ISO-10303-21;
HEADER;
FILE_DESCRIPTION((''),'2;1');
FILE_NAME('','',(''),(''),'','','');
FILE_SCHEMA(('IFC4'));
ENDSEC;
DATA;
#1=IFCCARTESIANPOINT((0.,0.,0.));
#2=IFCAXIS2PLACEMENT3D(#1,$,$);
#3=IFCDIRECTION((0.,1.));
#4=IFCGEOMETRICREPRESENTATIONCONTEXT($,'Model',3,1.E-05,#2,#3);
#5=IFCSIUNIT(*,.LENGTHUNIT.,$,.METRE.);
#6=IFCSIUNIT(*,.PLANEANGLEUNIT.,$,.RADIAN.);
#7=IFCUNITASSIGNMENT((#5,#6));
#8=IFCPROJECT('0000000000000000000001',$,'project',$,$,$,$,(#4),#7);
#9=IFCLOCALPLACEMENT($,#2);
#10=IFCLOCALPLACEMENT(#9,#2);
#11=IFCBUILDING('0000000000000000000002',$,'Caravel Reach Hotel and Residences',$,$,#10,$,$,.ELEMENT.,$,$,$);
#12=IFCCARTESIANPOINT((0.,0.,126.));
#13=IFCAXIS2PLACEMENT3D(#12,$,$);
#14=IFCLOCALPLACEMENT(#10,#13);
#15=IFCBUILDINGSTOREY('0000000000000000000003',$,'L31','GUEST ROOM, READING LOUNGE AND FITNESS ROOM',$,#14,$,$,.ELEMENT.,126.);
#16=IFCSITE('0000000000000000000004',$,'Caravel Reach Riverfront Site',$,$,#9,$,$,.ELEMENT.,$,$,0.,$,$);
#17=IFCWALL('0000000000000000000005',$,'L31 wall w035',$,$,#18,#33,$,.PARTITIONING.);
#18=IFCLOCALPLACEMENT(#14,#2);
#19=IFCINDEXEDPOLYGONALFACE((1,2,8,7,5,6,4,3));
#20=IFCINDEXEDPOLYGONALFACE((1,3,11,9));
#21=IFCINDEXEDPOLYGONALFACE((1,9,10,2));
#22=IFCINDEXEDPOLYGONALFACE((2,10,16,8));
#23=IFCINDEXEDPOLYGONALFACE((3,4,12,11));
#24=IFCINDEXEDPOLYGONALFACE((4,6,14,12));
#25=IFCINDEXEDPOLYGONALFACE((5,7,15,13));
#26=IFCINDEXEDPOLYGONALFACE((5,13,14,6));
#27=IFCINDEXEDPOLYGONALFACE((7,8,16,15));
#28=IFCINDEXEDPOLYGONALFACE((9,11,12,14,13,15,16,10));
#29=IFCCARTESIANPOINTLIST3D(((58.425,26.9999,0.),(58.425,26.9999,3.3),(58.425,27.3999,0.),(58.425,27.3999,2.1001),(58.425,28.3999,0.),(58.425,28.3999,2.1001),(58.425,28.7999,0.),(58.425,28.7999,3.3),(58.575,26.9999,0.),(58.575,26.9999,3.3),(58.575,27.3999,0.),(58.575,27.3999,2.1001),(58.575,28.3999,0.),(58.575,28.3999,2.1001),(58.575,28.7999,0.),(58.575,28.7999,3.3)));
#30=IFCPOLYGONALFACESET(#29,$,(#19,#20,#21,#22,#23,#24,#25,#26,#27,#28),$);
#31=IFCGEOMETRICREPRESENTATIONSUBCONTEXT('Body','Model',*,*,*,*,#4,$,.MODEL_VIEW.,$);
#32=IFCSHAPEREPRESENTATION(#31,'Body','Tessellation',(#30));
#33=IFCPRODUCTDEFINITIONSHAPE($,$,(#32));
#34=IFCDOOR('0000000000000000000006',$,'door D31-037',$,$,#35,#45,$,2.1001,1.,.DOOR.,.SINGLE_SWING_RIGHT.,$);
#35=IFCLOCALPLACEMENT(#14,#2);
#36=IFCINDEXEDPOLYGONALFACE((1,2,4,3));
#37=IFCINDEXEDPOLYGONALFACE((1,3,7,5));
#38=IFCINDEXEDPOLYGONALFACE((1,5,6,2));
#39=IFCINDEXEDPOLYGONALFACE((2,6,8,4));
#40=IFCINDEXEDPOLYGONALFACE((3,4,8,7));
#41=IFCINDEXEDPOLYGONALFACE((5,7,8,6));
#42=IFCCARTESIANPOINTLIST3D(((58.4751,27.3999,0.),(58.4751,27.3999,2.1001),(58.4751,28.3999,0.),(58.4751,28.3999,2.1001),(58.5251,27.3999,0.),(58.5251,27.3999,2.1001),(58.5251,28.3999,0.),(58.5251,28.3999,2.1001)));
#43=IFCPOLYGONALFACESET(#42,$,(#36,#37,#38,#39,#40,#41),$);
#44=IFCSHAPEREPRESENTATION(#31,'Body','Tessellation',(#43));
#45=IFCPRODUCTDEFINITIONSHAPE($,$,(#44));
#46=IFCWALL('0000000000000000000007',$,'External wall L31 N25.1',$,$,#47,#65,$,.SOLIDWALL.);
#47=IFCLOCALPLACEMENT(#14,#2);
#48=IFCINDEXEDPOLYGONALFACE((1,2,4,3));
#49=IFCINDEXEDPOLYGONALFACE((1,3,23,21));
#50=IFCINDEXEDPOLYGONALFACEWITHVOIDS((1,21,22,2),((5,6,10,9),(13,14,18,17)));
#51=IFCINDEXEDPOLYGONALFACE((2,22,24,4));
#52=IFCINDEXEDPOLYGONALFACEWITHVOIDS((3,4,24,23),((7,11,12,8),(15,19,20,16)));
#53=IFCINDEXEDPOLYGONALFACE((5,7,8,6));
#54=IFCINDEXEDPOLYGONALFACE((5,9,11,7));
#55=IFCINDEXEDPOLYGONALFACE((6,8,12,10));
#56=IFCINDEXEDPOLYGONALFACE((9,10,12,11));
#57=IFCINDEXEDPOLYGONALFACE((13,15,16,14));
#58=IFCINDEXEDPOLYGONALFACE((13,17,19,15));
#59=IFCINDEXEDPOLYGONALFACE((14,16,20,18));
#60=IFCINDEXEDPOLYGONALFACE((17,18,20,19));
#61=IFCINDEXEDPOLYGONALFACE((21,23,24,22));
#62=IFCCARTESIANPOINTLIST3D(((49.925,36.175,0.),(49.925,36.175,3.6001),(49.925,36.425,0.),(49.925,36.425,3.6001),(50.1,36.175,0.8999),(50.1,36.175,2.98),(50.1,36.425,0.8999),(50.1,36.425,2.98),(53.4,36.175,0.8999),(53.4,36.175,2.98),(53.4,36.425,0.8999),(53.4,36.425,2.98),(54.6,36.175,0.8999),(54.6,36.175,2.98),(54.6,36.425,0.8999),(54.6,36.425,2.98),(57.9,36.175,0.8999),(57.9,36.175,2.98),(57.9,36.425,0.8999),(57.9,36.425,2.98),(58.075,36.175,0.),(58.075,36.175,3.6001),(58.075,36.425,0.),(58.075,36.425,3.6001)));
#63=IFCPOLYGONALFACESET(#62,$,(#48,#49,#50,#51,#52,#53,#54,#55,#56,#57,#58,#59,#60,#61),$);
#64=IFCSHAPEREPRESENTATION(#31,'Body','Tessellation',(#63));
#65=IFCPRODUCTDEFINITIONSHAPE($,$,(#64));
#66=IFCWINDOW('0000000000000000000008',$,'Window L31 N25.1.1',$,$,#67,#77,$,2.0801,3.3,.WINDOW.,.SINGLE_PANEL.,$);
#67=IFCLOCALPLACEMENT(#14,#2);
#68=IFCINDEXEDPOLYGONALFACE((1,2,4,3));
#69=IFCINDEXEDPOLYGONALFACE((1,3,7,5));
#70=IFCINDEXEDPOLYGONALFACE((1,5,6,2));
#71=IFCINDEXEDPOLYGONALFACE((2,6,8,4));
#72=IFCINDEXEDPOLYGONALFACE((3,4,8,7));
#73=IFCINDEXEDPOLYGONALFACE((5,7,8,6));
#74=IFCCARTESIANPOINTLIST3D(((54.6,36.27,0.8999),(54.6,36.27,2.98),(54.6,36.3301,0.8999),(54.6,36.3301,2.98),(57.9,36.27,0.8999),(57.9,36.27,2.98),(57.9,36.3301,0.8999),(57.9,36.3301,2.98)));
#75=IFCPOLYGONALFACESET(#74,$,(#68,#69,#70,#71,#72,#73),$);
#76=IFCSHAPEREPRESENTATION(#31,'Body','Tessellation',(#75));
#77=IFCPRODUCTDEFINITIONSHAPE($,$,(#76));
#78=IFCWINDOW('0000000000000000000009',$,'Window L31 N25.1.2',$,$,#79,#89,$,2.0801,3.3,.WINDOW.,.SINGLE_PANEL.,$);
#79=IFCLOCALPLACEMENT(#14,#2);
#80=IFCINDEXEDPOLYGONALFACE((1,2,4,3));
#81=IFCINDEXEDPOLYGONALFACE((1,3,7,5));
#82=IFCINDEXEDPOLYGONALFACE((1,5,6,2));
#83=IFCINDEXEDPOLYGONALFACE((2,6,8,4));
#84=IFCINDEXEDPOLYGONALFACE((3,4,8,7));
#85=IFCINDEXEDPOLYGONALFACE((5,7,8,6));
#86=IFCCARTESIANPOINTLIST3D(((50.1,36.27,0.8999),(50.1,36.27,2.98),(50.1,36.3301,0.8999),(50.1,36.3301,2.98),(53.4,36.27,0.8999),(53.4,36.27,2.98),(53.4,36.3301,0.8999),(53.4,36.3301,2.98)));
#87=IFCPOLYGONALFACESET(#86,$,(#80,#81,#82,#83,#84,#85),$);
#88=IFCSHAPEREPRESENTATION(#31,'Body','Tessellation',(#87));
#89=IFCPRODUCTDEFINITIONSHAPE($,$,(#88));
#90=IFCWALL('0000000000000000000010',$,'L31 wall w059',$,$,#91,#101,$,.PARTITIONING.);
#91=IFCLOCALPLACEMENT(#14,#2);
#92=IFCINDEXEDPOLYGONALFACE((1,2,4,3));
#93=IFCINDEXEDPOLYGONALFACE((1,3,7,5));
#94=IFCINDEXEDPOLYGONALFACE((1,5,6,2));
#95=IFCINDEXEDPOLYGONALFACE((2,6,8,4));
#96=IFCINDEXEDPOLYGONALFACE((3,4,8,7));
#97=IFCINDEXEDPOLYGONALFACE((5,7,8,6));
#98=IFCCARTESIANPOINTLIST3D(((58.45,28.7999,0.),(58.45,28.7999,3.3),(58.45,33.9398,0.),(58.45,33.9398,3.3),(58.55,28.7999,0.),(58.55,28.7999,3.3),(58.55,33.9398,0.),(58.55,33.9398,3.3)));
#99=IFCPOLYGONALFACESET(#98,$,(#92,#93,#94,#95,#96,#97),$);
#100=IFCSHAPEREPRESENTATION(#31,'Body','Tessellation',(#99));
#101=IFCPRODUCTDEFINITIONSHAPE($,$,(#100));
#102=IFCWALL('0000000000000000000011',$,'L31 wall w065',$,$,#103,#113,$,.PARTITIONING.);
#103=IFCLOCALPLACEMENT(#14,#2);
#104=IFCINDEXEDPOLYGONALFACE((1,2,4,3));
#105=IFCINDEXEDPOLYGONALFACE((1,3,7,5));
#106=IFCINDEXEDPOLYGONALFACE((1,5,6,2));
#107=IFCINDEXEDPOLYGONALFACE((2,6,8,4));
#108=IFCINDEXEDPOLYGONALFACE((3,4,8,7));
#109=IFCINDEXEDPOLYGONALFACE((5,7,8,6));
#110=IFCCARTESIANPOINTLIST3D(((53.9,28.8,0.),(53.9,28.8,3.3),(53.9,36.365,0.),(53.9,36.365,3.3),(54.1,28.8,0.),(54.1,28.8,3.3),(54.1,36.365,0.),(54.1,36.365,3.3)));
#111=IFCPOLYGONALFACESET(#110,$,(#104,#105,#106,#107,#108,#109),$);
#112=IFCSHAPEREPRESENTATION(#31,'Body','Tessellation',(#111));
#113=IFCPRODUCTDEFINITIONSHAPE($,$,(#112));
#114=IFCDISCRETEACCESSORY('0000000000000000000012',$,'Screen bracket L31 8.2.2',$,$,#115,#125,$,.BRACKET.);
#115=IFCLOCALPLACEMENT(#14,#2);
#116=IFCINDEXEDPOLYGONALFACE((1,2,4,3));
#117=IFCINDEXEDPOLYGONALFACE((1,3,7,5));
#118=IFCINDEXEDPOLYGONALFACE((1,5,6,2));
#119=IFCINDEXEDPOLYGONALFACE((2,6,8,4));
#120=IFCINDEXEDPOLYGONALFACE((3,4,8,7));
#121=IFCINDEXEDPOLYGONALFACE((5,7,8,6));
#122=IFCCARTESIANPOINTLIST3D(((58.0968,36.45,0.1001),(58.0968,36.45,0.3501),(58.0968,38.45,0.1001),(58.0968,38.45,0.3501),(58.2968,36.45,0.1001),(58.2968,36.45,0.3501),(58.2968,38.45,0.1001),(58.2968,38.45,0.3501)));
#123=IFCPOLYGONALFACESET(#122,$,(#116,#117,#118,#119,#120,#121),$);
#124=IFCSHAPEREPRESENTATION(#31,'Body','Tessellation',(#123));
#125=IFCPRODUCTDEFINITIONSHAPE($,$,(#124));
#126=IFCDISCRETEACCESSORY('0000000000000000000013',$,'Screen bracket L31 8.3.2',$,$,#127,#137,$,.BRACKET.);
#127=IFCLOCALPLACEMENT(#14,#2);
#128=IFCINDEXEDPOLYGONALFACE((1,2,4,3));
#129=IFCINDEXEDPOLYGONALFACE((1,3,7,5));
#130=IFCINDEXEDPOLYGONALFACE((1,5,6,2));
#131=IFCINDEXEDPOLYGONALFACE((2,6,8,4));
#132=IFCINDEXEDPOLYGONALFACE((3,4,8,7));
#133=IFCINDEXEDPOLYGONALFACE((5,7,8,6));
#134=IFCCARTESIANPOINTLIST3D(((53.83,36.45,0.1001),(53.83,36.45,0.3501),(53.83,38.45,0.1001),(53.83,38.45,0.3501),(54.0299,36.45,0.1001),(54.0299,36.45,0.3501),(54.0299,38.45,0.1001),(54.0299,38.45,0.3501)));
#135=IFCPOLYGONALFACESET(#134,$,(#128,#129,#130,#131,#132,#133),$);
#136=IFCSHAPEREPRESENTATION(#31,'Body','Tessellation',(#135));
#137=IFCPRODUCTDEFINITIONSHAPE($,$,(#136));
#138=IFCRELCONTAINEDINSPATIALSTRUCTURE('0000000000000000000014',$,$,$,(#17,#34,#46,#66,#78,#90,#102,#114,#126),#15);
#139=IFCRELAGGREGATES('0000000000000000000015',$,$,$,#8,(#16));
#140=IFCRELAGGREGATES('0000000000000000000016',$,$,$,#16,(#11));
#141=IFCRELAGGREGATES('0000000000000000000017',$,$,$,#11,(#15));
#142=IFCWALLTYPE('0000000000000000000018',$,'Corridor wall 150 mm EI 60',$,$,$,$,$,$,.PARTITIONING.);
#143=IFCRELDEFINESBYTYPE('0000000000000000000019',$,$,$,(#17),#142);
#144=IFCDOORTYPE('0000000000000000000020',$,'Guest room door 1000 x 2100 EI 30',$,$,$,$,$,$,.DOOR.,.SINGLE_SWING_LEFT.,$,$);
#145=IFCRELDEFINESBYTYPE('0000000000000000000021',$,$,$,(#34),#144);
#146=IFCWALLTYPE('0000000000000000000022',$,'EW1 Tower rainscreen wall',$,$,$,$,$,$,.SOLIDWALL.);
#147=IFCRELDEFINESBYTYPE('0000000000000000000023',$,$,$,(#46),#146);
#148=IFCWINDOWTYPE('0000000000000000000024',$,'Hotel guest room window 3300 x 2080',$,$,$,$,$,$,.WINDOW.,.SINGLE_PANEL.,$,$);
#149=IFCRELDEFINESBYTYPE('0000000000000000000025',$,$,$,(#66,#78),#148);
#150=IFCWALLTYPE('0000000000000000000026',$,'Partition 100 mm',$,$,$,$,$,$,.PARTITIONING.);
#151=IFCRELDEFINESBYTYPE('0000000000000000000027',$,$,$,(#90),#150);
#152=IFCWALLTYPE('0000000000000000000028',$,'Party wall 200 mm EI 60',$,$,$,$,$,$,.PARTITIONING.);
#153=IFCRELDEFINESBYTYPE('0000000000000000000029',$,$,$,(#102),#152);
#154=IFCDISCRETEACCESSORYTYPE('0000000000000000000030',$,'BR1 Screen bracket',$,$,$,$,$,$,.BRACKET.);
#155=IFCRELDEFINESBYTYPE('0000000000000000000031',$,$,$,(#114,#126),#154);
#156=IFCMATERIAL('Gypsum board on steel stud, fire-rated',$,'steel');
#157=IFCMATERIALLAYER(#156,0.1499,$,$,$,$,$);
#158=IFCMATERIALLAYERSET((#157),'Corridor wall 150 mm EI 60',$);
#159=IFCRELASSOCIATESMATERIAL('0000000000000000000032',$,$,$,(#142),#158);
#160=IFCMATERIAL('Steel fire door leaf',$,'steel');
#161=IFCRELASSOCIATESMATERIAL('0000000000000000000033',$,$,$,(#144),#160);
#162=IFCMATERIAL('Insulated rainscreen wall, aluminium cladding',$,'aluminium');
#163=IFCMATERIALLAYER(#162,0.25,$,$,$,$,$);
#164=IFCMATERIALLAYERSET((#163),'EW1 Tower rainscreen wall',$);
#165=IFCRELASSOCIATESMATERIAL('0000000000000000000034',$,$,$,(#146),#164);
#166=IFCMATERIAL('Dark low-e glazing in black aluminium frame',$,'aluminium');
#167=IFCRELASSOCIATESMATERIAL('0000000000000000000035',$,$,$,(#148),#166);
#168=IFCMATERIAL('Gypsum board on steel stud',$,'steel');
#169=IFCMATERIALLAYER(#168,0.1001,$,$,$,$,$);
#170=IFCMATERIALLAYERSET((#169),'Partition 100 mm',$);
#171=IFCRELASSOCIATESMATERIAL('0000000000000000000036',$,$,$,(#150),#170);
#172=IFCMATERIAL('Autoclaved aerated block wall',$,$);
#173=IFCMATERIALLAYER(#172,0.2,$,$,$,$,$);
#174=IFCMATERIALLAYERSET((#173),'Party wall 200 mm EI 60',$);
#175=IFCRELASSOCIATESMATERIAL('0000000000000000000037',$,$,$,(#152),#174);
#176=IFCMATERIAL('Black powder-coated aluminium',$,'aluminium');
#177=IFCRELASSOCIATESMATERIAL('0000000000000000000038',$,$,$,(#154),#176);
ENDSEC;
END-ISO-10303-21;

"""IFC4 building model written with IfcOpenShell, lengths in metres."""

from ifc_helpers import new_model, si_unit, direction, frame, frame_2d, origin, origin_2d, place, context, subcontext, project, spatial, rectangle, extrude, material, layer, layer_set, type_object, element, fill, save


model = new_model("IFC4")

# Units and contexts
model_context = context("Model", 3, precision=1e-05, world=origin(), true_north=direction((0.0, 1.0)))
body_context = subcontext(model_context, "Body", "Model", "MODEL_VIEW")
ifc_project = project(units=[si_unit("LENGTHUNIT", "METRE"), si_unit("PLANEANGLEUNIT", "RADIAN")], contexts=[model_context])

# Site, building, storey
site_placement = place(None, origin())
site = spatial("IfcSite", under=ifc_project, at=site_placement, Name="Caravel Reach Riverfront Site", CompositionType="ELEMENT", RefElevation=0.0)
building_placement = place(site_placement, origin())
building = spatial("IfcBuilding", under=site, at=building_placement, Name="Caravel Reach Hotel and Residences", CompositionType="ELEMENT")
storey_placement = place(building_placement, frame((0.0, 0.0, 126.0)))
storey = spatial("IfcBuildingStorey", under=building, at=storey_placement, Name="L31", Description="GUEST ROOM, READING LOUNGE AND FITNESS ROOM", CompositionType="ELEMENT", Elevation=126.0)

# Wall, opening, door
ifc_material_1 = material(Name="Gypsum board on steel stud, fire-rated", Category="steel")
ifc_layer_1 = layer(ifc_material_1, 0.1499)
ifc_layer_set_1 = layer_set([ifc_layer_1], Name="Corridor wall 150 mm EI 60")
wall_type_1 = type_object("IfcWallType", Name="Corridor wall 150 mm EI 60", PredefinedType="PARTITIONING", material=ifc_layer_set_1)
wall_1_placement = place(storey_placement, frame((58.5, 27.0, 0.0), z_axis=(0.0, 0.0, 1.0), x_axis=(0.0, 1.0, 0.0)))
wall_1 = element("IfcWall", 1, at=wall_1_placement, inside=storey, type_object=wall_type_1, Name="L31 wall w035", PredefinedType="PARTITIONING", context=body_context, shape_type="SweptSolid", body=[
    extrude(rectangle(XDim=1.8, YDim=0.1499, at=frame_2d((0.8999, 0.0))), origin(), (0.0, 0.0, 1.0), 3.3),
])
opening_1_placement = place(wall_1_placement, frame((0.3999, 0.0, 0.0)))
opening_1 = element("IfcOpeningElement", 2, at=opening_1_placement, cuts=wall_1, PredefinedType="OPENING", context=body_context, shape_type="SweptSolid", body=[
    extrude(rectangle(XDim=1.0, YDim=2.1001, at=frame_2d((0.5, 1.05))), frame((0.0, 0.085, 0.0), z_axis=(0.0, -1.0, 0.0), x_axis=(1.0, 0.0, 0.0)), (0.0, 0.0, 1.0), 0.1699),
])
ifc_material_2 = material(Name="Steel fire door leaf", Category="steel")
door_type_1 = type_object("IfcDoorType", Name="Guest room door 1000 x 2100 EI 30", OperationType="SINGLE_SWING_LEFT", PredefinedType="DOOR", material=ifc_material_2)
door_1_placement = place(opening_1_placement, origin())
door_1 = element("IfcDoor", 3, at=door_1_placement, inside=storey, type_object=door_type_1, Name="door D31-037", OperationType="SINGLE_SWING_RIGHT", OverallHeight=2.1001, OverallWidth=1.0, PredefinedType="DOOR", context=body_context, shape_type="SweptSolid", body=[
    extrude(rectangle(XDim=1.0, YDim=2.1001, at=frame_2d((0.5, 1.05))), frame((0.0, 0.0249, 0.0), z_axis=(0.0, -1.0, 0.0), x_axis=(1.0, 0.0, 0.0)), (0.0, 0.0, 1.0), 0.05),
])
fill(opening_1, door_1)

# Wall, openings, windows
ifc_material_3 = material(Name="Insulated rainscreen wall, aluminium cladding", Category="aluminium")
ifc_layer_2 = layer(ifc_material_3, 0.25)
ifc_layer_set_2 = layer_set([ifc_layer_2], Name="EW1 Tower rainscreen wall")
wall_type_2 = type_object("IfcWallType", Name="EW1 Tower rainscreen wall", PredefinedType="SOLIDWALL", material=ifc_layer_set_2)
wall_2_placement = place(storey_placement, frame((58.075, 36.3, 0.0), z_axis=(0.0, 0.0, 1.0), x_axis=(-1.0, 0.0, 0.0)))
wall_2 = element("IfcWall", 4, at=wall_2_placement, inside=storey, type_object=wall_type_2, Name="External wall L31 N25.1", PredefinedType="SOLIDWALL", context=body_context, shape_type="SweptSolid", body=[
    extrude(rectangle(XDim=8.1499, YDim=0.25, at=frame_2d((4.075, 0.0))), origin(), (0.0, 0.0, 1.0), 3.6001),
])
opening_2_placement = place(wall_2_placement, frame((0.175, 0.0, 0.8999)))
opening_2 = element("IfcOpeningElement", 5, at=opening_2_placement, cuts=wall_2, PredefinedType="OPENING", context=body_context, shape_type="SweptSolid", body=[
    extrude(rectangle(XDim=3.3, YDim=2.0801, at=frame_2d((1.6499, 1.04))), frame((0.0, 0.135, 0.0), z_axis=(0.0, -1.0, 0.0), x_axis=(1.0, 0.0, 0.0)), (0.0, 0.0, 1.0), 0.27),
])
opening_3_placement = place(wall_2_placement, frame((4.675, 0.0, 0.8999)))
opening_3 = element("IfcOpeningElement", 6, at=opening_3_placement, cuts=wall_2, PredefinedType="OPENING", context=body_context, shape_type="SweptSolid", body=[
    extrude(rectangle(XDim=3.3, YDim=2.0801, at=frame_2d((1.6499, 1.04))), frame((0.0, 0.135, 0.0), z_axis=(0.0, -1.0, 0.0), x_axis=(1.0, 0.0, 0.0)), (0.0, 0.0, 1.0), 0.27),
])
ifc_material_4 = material(Name="Dark low-e glazing in black aluminium frame", Category="aluminium")
window_type = type_object("IfcWindowType", Name="Hotel guest room window 3300 x 2080", PartitioningType="SINGLE_PANEL", PredefinedType="WINDOW", material=ifc_material_4)
window_1_placement = place(opening_2_placement, origin())
window_1 = element("IfcWindow", 7, at=window_1_placement, inside=storey, type_object=window_type, Name="Window L31 N25.1.1", OverallHeight=2.0801, OverallWidth=3.3, PartitioningType="SINGLE_PANEL", PredefinedType="WINDOW", context=body_context, shape_type="SweptSolid", body=[
    extrude(rectangle(XDim=3.3, YDim=2.0801, at=frame_2d((1.6499, 1.04))), frame((0.0, 0.03, 0.0), z_axis=(0.0, -1.0, 0.0), x_axis=(1.0, 0.0, 0.0)), (0.0, 0.0, 1.0), 0.0601),
])
fill(opening_2, window_1)
window_2_placement = place(opening_3_placement, origin())
window_2 = element("IfcWindow", 8, at=window_2_placement, inside=storey, type_object=window_type, Name="Window L31 N25.1.2", OverallHeight=2.0801, OverallWidth=3.3, PartitioningType="SINGLE_PANEL", PredefinedType="WINDOW", context=body_context, shape_type="SweptSolid", body=[
    extrude(rectangle(XDim=3.3, YDim=2.0801, at=frame_2d((1.6499, 1.04))), frame((0.0, 0.03, 0.0), z_axis=(0.0, -1.0, 0.0), x_axis=(1.0, 0.0, 0.0)), (0.0, 0.0, 1.0), 0.0601),
])
fill(opening_3, window_2)

# Walls
ifc_material_5 = material(Name="Gypsum board on steel stud", Category="steel")
ifc_layer_3 = layer(ifc_material_5, 0.1001)
ifc_layer_set_3 = layer_set([ifc_layer_3], Name="Partition 100 mm")
wall_type_3 = type_object("IfcWallType", Name="Partition 100 mm", PredefinedType="PARTITIONING", material=ifc_layer_set_3)
wall_3_placement = place(storey_placement, frame((58.5, 28.8, 0.0), z_axis=(0.0, 0.0, 1.0), x_axis=(0.0, 1.0, 0.0)))
element("IfcWall", 9, at=wall_3_placement, inside=storey, type_object=wall_type_3, Name="L31 wall w059", PredefinedType="PARTITIONING", context=body_context, shape_type="SweptSolid", body=[
    extrude(rectangle(XDim=5.1399, YDim=0.1001, at=frame_2d((2.5698, 0.0))), origin(), (0.0, 0.0, 1.0), 3.3),
])
ifc_material_6 = material(Name="Autoclaved aerated block wall")
ifc_layer_4 = layer(ifc_material_6, 0.2)
ifc_layer_set_4 = layer_set([ifc_layer_4], Name="Party wall 200 mm EI 60")
wall_type_4 = type_object("IfcWallType", Name="Party wall 200 mm EI 60", PredefinedType="PARTITIONING", material=ifc_layer_set_4)
wall_4_placement = place(storey_placement, frame((54.0, 28.8, 0.0), z_axis=(0.0, 0.0, 1.0), x_axis=(0.0, 1.0, 0.0)))
element("IfcWall", 10, at=wall_4_placement, inside=storey, type_object=wall_type_4, Name="L31 wall w065", PredefinedType="PARTITIONING", context=body_context, shape_type="SweptSolid", body=[
    extrude(rectangle(XDim=7.5649, YDim=0.2, at=frame_2d((3.7825, 0.0))), origin(), (0.0, 0.0, 1.0), 3.3),
])

# Discrete accessories
ifc_material_7 = material(Name="Black powder-coated aluminium", Category="aluminium")
discrete_accessory_type = type_object("IfcDiscreteAccessoryType", Name="BR1 Screen bracket", PredefinedType="BRACKET", material=ifc_material_7)
for number, where, z_axis, x_axis, name in (
    (11, (58.1968, 37.45, 0.1001), (0.0, 0.0, 1.0), (0.0, 1.0, 0.0), "Screen bracket L31 8.2.2"),
    (12, (53.9299, 37.45, 0.1001), (0.0, 0.0, 1.0), (0.0, 1.0, 0.0), "Screen bracket L31 8.3.2"),
):
    element("IfcDiscreteAccessory", number, at=place(storey_placement, frame(where, z_axis=z_axis, x_axis=x_axis)), inside=storey, type_object=discrete_accessory_type, Name=name, PredefinedType="BRACKET", context=body_context, shape_type="SweptSolid", body=[
        extrude(rectangle(XDim=2.0, YDim=0.2, at=origin_2d()), origin(), (0.0, 0.0, 1.0), 0.25),
    ])

save(model, "model.ifc")
